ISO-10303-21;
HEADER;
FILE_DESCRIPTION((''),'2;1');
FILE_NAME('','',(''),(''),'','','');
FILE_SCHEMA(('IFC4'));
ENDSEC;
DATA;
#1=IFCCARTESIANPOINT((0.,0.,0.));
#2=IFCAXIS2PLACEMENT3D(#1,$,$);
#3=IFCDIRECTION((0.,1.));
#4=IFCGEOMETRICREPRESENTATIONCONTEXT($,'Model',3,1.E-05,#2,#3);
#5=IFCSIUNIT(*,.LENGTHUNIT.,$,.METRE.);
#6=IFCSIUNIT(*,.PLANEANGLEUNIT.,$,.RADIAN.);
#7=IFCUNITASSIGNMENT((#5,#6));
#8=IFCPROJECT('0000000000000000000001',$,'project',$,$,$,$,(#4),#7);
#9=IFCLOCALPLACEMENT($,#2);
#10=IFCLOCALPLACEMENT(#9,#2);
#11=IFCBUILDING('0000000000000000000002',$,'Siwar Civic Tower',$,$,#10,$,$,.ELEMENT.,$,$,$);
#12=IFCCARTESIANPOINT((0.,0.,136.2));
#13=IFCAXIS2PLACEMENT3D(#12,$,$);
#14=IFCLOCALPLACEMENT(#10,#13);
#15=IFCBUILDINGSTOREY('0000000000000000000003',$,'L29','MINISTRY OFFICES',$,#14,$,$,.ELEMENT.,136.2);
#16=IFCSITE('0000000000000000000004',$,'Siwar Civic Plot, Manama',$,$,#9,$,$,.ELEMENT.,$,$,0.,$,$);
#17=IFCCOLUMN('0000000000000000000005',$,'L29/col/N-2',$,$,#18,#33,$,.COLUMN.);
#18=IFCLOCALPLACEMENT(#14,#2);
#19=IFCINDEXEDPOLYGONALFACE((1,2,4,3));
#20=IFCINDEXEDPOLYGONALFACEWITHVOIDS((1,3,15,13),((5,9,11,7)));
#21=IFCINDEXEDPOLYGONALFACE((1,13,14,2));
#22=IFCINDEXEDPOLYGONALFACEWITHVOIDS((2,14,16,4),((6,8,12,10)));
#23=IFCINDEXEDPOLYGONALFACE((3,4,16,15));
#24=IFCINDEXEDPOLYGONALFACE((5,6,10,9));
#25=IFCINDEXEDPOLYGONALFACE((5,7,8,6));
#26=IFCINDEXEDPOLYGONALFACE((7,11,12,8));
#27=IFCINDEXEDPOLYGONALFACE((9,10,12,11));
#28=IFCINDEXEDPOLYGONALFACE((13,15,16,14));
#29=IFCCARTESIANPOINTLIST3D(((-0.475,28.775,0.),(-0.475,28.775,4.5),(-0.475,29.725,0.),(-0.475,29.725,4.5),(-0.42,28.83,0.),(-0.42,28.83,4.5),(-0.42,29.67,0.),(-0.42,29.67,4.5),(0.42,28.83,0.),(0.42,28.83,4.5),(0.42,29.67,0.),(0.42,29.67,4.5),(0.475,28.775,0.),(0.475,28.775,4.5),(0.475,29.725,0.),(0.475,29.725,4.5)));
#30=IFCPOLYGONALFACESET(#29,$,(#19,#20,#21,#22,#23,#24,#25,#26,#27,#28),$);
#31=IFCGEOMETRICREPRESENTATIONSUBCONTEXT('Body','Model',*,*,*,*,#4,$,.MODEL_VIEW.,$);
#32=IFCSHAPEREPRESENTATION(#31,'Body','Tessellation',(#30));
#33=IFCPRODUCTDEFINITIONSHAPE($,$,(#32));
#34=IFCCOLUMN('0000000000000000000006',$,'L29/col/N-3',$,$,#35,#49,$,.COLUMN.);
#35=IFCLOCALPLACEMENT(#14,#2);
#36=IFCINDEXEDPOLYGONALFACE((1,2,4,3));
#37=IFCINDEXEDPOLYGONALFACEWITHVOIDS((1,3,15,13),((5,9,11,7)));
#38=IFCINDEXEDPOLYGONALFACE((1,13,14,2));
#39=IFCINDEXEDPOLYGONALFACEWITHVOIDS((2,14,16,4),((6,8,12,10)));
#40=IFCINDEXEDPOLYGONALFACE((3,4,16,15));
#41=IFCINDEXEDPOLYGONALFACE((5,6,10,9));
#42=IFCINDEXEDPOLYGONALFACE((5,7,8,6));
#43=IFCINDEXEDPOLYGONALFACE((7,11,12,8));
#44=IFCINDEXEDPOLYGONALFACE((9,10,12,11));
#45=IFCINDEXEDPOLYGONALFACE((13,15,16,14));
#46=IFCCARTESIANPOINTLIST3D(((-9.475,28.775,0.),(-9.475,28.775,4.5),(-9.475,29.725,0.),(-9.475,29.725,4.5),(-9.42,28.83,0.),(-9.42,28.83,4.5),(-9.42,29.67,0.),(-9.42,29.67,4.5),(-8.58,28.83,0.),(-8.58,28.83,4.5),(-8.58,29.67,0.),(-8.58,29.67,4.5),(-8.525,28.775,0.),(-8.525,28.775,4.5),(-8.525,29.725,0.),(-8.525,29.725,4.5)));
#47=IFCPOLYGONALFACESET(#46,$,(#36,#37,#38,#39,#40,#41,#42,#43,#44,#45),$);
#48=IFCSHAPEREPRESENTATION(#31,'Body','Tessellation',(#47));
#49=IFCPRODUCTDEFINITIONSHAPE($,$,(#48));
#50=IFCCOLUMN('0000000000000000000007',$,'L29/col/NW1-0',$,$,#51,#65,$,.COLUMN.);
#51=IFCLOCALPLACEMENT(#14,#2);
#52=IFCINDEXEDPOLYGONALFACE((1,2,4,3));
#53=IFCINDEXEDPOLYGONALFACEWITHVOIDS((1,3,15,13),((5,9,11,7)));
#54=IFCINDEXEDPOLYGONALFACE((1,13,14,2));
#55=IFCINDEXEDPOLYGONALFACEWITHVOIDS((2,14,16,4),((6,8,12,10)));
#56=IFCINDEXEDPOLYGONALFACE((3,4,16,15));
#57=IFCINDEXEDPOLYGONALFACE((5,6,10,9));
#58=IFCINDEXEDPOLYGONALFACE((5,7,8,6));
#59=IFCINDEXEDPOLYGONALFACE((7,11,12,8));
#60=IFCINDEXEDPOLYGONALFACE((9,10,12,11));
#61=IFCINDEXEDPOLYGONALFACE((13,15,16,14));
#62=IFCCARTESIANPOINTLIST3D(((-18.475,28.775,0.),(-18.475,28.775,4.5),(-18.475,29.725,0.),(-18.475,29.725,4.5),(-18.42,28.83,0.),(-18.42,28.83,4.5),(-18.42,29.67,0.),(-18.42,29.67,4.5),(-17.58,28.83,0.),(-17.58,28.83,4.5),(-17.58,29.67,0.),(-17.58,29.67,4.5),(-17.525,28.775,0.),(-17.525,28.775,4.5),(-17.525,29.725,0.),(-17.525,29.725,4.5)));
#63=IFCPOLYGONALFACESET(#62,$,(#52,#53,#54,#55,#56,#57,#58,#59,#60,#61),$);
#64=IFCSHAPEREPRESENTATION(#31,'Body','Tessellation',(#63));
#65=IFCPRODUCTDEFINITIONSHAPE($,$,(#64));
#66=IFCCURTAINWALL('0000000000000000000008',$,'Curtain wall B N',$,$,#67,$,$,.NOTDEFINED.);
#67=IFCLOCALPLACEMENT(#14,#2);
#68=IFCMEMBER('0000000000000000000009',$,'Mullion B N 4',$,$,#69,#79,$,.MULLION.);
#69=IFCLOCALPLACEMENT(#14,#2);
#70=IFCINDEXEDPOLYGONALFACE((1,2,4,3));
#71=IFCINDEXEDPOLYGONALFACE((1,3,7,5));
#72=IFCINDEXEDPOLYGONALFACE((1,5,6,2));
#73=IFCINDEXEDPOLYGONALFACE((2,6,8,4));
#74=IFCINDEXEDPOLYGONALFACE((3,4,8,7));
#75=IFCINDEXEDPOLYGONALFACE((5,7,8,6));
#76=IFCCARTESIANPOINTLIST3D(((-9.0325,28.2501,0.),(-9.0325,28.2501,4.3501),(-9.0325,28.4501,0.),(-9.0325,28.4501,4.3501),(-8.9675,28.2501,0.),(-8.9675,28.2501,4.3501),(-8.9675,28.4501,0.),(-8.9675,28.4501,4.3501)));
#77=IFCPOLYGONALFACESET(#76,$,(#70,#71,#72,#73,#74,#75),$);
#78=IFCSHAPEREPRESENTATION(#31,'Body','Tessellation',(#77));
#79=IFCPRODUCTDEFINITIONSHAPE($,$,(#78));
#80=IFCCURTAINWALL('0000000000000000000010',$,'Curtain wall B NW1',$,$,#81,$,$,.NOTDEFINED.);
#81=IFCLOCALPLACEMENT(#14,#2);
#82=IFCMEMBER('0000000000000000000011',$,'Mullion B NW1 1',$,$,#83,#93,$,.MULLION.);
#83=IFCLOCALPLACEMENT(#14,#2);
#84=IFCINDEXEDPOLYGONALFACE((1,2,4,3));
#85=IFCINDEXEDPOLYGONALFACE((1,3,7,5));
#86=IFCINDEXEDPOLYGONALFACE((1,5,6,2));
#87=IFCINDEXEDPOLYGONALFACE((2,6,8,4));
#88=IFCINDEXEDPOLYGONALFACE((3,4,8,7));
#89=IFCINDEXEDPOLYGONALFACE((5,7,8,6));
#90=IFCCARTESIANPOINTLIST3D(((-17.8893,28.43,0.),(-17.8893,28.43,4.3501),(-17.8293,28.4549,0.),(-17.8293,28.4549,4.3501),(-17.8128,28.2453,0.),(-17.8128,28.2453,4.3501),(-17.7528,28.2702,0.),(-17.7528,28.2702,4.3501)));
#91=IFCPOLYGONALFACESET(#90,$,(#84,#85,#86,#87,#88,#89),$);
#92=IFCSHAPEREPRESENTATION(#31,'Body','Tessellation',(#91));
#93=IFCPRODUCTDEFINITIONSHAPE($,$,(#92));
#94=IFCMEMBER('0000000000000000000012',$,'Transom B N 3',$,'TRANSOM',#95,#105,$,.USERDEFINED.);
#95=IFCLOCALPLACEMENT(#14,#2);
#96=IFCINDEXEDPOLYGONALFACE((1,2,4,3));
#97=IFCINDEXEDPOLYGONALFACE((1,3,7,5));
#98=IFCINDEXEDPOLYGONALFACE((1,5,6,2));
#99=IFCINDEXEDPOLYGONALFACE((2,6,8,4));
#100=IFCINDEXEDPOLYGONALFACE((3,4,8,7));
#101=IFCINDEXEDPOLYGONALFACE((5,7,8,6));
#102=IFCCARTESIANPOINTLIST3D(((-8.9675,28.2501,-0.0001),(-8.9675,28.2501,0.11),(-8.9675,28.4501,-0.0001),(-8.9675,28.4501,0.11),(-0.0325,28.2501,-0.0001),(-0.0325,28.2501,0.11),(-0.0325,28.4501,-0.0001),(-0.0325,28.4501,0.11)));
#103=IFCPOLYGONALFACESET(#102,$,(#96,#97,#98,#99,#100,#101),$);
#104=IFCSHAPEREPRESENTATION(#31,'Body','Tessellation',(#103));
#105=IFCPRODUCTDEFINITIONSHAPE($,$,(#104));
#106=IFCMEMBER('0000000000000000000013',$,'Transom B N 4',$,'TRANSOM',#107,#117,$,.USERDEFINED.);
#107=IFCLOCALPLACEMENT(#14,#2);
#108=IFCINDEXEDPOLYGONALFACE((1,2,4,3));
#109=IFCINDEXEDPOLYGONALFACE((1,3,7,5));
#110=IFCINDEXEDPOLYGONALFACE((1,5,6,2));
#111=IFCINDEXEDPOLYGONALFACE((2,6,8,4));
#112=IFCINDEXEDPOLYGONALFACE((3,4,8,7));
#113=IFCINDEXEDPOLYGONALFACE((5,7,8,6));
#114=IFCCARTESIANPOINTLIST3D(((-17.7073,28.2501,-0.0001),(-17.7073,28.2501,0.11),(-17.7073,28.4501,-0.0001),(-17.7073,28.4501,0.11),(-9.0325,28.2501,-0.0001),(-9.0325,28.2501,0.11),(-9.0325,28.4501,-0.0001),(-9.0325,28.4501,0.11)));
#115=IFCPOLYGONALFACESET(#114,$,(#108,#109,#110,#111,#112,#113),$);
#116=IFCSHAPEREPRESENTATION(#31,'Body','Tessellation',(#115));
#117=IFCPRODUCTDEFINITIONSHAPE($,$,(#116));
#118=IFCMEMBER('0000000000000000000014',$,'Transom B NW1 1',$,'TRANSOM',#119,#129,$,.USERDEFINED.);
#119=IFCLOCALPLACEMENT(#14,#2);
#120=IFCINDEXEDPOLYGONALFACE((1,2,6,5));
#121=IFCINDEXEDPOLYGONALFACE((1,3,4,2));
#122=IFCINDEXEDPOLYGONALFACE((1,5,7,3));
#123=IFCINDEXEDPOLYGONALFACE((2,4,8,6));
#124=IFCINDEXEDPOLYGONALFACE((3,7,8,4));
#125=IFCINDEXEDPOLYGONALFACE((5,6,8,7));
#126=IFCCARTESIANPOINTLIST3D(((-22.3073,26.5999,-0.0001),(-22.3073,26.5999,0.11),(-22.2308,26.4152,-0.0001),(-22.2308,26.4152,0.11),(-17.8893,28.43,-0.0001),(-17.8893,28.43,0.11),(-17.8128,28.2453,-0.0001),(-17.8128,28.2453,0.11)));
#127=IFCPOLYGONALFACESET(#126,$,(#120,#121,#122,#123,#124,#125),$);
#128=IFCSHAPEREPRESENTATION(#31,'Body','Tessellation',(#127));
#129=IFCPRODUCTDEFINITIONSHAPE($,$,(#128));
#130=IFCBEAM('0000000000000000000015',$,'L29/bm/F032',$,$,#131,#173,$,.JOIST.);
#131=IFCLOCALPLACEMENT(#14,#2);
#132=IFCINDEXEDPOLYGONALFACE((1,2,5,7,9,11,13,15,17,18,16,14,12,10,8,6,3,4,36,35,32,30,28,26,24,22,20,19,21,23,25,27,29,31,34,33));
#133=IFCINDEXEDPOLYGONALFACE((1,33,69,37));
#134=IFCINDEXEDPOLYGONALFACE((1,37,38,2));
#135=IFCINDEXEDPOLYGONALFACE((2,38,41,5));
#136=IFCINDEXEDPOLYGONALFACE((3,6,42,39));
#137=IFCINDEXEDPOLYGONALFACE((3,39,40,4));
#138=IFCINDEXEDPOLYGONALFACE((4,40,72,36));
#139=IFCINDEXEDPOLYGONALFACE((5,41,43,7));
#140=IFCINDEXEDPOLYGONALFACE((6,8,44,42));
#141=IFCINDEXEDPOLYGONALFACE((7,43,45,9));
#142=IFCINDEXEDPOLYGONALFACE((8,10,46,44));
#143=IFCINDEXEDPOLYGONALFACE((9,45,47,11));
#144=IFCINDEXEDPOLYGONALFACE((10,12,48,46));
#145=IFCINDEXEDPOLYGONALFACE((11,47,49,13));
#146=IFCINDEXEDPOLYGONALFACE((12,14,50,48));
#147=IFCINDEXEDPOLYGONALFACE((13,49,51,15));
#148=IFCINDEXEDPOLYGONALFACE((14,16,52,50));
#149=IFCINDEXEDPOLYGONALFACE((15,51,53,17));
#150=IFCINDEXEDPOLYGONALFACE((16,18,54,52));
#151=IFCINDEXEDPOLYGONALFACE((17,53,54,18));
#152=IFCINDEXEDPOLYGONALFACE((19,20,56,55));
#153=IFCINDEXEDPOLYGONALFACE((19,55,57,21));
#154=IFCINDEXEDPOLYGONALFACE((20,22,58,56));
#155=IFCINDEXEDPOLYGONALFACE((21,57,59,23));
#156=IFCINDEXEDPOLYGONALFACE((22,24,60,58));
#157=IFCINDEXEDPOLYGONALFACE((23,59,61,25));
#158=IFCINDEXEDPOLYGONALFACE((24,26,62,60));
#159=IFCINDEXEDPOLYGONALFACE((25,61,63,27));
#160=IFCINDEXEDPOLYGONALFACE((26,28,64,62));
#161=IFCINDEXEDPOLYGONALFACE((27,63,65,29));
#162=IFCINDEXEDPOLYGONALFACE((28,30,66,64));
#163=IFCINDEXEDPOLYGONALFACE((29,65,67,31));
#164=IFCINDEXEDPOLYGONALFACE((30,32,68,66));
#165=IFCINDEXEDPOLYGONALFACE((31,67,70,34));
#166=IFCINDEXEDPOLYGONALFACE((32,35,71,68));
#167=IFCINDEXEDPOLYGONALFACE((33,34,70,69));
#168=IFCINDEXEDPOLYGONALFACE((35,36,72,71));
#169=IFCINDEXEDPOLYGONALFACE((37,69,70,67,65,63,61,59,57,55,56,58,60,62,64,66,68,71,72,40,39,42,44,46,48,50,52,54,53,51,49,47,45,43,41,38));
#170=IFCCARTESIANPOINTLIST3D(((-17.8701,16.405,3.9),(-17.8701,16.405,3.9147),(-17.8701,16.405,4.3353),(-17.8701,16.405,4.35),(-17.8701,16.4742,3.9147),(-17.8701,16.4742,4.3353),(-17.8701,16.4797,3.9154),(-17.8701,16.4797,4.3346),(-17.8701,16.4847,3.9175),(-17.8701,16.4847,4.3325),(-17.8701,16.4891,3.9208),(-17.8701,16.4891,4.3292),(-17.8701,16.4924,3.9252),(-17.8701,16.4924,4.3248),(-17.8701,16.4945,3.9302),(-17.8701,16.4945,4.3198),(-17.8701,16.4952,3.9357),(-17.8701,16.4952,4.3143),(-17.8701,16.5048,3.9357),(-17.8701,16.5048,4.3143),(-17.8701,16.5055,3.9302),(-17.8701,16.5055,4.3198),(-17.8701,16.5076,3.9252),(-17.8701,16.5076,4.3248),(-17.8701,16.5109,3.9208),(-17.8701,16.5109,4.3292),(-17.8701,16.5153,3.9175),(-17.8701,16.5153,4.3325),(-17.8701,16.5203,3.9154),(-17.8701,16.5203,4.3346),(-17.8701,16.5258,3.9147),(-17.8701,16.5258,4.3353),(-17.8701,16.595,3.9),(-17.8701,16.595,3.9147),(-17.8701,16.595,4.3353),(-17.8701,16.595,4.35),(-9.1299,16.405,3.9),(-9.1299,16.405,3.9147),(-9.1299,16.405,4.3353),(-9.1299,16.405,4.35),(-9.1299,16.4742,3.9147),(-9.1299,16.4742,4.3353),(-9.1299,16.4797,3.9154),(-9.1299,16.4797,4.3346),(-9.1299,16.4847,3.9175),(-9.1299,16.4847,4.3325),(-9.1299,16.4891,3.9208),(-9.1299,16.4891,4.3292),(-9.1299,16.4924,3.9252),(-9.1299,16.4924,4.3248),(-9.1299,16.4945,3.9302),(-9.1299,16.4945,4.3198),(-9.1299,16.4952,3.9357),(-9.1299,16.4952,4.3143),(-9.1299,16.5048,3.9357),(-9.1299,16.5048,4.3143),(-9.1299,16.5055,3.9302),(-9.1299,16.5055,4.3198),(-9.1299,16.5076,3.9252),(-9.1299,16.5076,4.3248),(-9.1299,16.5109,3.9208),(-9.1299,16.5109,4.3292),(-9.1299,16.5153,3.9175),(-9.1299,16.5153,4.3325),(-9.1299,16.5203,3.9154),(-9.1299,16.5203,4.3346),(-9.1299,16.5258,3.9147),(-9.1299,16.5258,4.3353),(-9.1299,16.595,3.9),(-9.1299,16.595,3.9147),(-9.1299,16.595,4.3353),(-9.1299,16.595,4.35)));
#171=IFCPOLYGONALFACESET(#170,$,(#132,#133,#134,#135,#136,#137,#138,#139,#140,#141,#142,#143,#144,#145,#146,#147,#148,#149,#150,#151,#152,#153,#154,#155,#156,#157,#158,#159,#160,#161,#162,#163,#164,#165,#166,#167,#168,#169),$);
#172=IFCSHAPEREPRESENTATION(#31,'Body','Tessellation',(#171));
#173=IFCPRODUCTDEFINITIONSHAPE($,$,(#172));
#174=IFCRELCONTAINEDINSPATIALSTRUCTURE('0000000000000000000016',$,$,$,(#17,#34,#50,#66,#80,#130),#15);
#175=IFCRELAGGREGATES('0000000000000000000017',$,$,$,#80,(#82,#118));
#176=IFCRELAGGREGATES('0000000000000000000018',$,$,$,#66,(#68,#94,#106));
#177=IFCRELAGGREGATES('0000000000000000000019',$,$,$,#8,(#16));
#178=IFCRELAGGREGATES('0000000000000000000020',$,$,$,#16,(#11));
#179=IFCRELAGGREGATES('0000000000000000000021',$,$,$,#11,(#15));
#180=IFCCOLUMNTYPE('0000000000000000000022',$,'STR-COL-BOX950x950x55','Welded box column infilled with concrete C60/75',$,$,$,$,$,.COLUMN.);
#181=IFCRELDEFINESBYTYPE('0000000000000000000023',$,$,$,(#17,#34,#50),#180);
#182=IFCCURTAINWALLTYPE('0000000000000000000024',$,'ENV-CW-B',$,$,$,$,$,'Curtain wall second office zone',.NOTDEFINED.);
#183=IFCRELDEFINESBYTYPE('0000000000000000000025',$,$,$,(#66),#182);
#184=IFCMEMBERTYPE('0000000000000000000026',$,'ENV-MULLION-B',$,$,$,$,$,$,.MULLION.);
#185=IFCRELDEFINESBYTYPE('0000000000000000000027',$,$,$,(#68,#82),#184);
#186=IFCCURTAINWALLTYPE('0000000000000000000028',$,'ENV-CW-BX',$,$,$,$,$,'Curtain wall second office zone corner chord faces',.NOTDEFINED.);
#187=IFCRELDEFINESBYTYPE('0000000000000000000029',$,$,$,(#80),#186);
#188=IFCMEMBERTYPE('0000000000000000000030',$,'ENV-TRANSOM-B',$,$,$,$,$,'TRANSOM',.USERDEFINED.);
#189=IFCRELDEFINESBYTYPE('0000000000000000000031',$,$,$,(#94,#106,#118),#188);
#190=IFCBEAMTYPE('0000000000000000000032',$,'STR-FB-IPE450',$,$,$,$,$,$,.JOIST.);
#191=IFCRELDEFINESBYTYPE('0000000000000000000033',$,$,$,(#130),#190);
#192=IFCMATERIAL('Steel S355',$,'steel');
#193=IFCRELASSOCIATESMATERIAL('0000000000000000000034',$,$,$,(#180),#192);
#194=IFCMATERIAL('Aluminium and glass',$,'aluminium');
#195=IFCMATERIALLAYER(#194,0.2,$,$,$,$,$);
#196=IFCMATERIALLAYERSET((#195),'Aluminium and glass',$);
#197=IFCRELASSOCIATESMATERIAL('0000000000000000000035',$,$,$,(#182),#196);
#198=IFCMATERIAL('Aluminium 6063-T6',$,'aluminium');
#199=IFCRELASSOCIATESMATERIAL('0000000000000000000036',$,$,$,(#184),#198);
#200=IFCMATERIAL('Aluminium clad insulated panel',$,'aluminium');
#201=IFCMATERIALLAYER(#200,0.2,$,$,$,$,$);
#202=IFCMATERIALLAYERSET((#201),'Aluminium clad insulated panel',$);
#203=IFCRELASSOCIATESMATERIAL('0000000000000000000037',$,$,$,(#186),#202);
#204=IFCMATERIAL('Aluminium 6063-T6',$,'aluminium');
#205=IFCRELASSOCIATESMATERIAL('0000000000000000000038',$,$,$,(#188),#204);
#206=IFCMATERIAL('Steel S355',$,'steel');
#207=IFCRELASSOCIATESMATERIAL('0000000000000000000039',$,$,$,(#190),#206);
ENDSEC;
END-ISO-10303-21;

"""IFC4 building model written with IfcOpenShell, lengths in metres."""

from ifc_helpers import new_model, si_unit, direction, frame, origin, origin_2d, place, context, subcontext, project, spatial, rectangle, hollow_rectangle, i_section, extrude, material, layer, layer_set, material_profile, profile_set, type_object, element, aggregate, save


model = new_model("IFC4")

# Units and contexts
model_context = context("Model", 3, precision=1e-05, world=origin(), true_north=direction((0.0, 1.0)))
body_context = subcontext(model_context, "Body", "Model", "MODEL_VIEW")
ifc_project = project(units=[si_unit("LENGTHUNIT", "METRE"), si_unit("PLANEANGLEUNIT", "RADIAN")], contexts=[model_context])

# Site, building, storey
site_placement = place(None, origin())
site = spatial("IfcSite", under=ifc_project, at=site_placement, Name="Siwar Civic Plot, Manama", CompositionType="ELEMENT", RefElevation=0.0)
building_placement = place(site_placement, origin())
building = spatial("IfcBuilding", under=site, at=building_placement, Name="Siwar Civic Tower", CompositionType="ELEMENT")
storey_placement = place(building_placement, frame((0.0, 0.0, 136.2)))
storey = spatial("IfcBuildingStorey", under=building, at=storey_placement, Name="L29", Description="MINISTRY OFFICES", CompositionType="ELEMENT", Elevation=136.2)

# Columns
ifc_material_1 = material(Name="Steel S355", Category="steel")
ifc_material_profile_1 = material_profile(ifc_material_1, hollow_rectangle(XDim=0.95, YDim=0.95, WallThickness=0.0549, at=origin_2d()), Name="BOX950x950x55")
ifc_profile_set_1 = profile_set([ifc_material_profile_1], Name="Steel S355")
column_type = type_object("IfcColumnType", Name="STR-COL-BOX950x950x55", Description="Welded box column infilled with concrete C60/75", PredefinedType="COLUMN", material=ifc_profile_set_1)
for number, where, z_axis, x_axis, name in (
    (1, (0.0, 29.25, 0.0), (0.0, 0.0, 1.0), (1.0, 0.0, 0.0), "L29/col/N-2"),
    (2, (-9.0, 29.25, 0.0), (0.0, 0.0, 1.0), (1.0, 0.0, 0.0), "L29/col/N-3"),
    (3, (-18.0, 29.25, 0.0), (0.0, 0.0, 1.0), (1.0, 0.0, 0.0), "L29/col/NW1-0"),
):
    element("IfcColumn", number, at=place(storey_placement, frame(where, z_axis=z_axis, x_axis=x_axis)), inside=storey, type_object=column_type, Name=name, PredefinedType="COLUMN", context=body_context, shape_type="SweptSolid", body=[
        extrude(hollow_rectangle(XDim=0.95, YDim=0.95, WallThickness=0.0549, at=origin_2d()), origin(), (0.0, 0.0, 1.0), 4.5),
    ])

# Curtain walls, members
ifc_material_2 = material(Name="Aluminium and glass", Category="aluminium")
ifc_layer_1 = layer(ifc_material_2, 0.2)
ifc_layer_set_1 = layer_set([ifc_layer_1], Name="Aluminium and glass")
curtain_wall_type_1 = type_object("IfcCurtainWallType", Name="ENV-CW-B", ElementType="Curtain wall second office zone", PredefinedType="NOTDEFINED", material=ifc_layer_set_1)
curtain_wall_1_placement = place(storey_placement, origin())
curtain_wall_1 = element("IfcCurtainWall", 4, at=curtain_wall_1_placement, inside=storey, type_object=curtain_wall_type_1, Name="Curtain wall B N", PredefinedType="NOTDEFINED")
ifc_material_3 = material(Name="Aluminium 6063-T6", Category="aluminium")
ifc_material_profile_2 = material_profile(ifc_material_3, rectangle(XDim=0.2, YDim=0.0649, at=origin_2d()), Name="AL 200x65")
ifc_profile_set_2 = profile_set([ifc_material_profile_2], Name="Aluminium 6063-T6")
member_type_1 = type_object("IfcMemberType", Name="ENV-MULLION-B", PredefinedType="MULLION", material=ifc_profile_set_2)
member_1_placement = place(storey_placement, frame((-9.0, 28.3501, 0.0), z_axis=(0.0, 0.0, 1.0), x_axis=(0.0, -1.0, 0.0)))
member_1 = element("IfcMember", 5, at=member_1_placement, type_object=member_type_1, Name="Mullion B N 4", PredefinedType="MULLION", context=body_context, shape_type="SweptSolid", body=[
    extrude(rectangle(XDim=0.2, YDim=0.0649, at=origin_2d()), origin(), (0.0, 0.0, 1.0), 4.3501),
])
ifc_material_4 = material(Name="Aluminium clad insulated panel", Category="aluminium")
ifc_layer_2 = layer(ifc_material_4, 0.2)
ifc_layer_set_2 = layer_set([ifc_layer_2], Name="Aluminium clad insulated panel")
curtain_wall_type_2 = type_object("IfcCurtainWallType", Name="ENV-CW-BX", ElementType="Curtain wall second office zone corner chord faces", PredefinedType="NOTDEFINED", material=ifc_layer_set_2)
curtain_wall_2_placement = place(storey_placement, origin())
curtain_wall_2 = element("IfcCurtainWall", 6, at=curtain_wall_2_placement, inside=storey, type_object=curtain_wall_type_2, Name="Curtain wall B NW1", PredefinedType="NOTDEFINED")
member_2_placement = place(storey_placement, frame((-17.821, 28.3501, 0.0), z_axis=(0.0, 0.0, 1.0), x_axis=(0.382683, -0.92388, 0.0)))
member_2 = element("IfcMember", 7, at=member_2_placement, type_object=member_type_1, Name="Mullion B NW1 1", PredefinedType="MULLION", context=body_context, shape_type="SweptSolid", body=[
    extrude(rectangle(XDim=0.2, YDim=0.0649, at=origin_2d()), origin(), (0.0, 0.0, 1.0), 4.3501),
])

# Members
ifc_material_5 = material(Name="Aluminium 6063-T6", Category="aluminium")
ifc_material_profile_3 = material_profile(ifc_material_5, rectangle(XDim=0.2, YDim=0.1101, at=origin_2d()), Name="AL 200x110")
ifc_profile_set_3 = profile_set([ifc_material_profile_3], Name="Aluminium 6063-T6")
member_type_2 = type_object("IfcMemberType", Name="ENV-TRANSOM-B", ElementType="TRANSOM", PredefinedType="USERDEFINED", material=ifc_profile_set_3)
member_3_placement = place(storey_placement, frame((-0.0325, 28.3501, 0.0549), z_axis=(-1.0, 0.0, 0.0), x_axis=(0.0, -1.0, 0.0)))
member_3 = element("IfcMember", 8, at=member_3_placement, type_object=member_type_2, Name="Transom B N 3", ObjectType="TRANSOM", PredefinedType="USERDEFINED", context=body_context, shape_type="SweptSolid", body=[
    extrude(rectangle(XDim=0.2, YDim=0.1101, at=origin_2d()), origin(), (0.0, 0.0, 1.0), 8.9351),
])
member_4_placement = place(storey_placement, frame((-9.0325, 28.3501, 0.0549), z_axis=(-1.0, 0.0, 0.0), x_axis=(0.0, -1.0, 0.0)))
member_4 = element("IfcMember", 9, at=member_4_placement, type_object=member_type_2, Name="Transom B N 4", ObjectType="TRANSOM", PredefinedType="USERDEFINED", context=body_context, shape_type="SweptSolid", body=[
    extrude(rectangle(XDim=0.2, YDim=0.1101, at=origin_2d()), origin(), (0.0, 0.0, 1.0), 8.6748),
])
member_5_placement = place(storey_placement, frame((-17.8511, 28.3376, 0.0549), z_axis=(-0.923872, -0.3827, 0.0), x_axis=(0.3827, -0.923872, 0.0)))
member_5 = element("IfcMember", 10, at=member_5_placement, type_object=member_type_2, Name="Transom B NW1 1", ObjectType="TRANSOM", PredefinedType="USERDEFINED", context=body_context, shape_type="SweptSolid", body=[
    extrude(rectangle(XDim=0.2, YDim=0.1101, at=origin_2d()), origin(), (0.0, 0.0, 1.0), 4.782),
])
aggregate(curtain_wall_2, [member_2, member_5])

# Beam
ifc_material_6 = material(Name="Steel S355", Category="steel")
ifc_material_profile_4 = material_profile(ifc_material_6, i_section(OverallWidth=0.1899, OverallDepth=0.45, WebThickness=0.0095, FlangeThickness=0.0146, FilletRadius=0.021, at=origin_2d()), Name="IPE450")
ifc_profile_set_4 = profile_set([ifc_material_profile_4], Name="Steel S355")
beam_type_1 = type_object("IfcBeamType", Name="STR-FB-IPE450", PredefinedType="JOIST", material=ifc_profile_set_4)
for number, where, z_axis, x_axis, name in (
    (11, (-17.8701, 16.5, 4.125), (1.0, 0.0, 0.0), (0.0, 1.0, 0.0), "L29/bm/F032"),
):
    element("IfcBeam", number, at=place(storey_placement, frame(where, z_axis=z_axis, x_axis=x_axis)), inside=storey, type_object=beam_type_1, Name=name, PredefinedType="JOIST", context=body_context, shape_type="SweptSolid", body=[
        extrude(i_section(OverallWidth=0.1899, OverallDepth=0.45, WebThickness=0.0095, FlangeThickness=0.0146, FilletRadius=0.021, at=origin_2d()), origin(), (0.0, 0.0, 1.0), 8.7402),
    ])

aggregate(curtain_wall_1, [member_1, member_3, member_4])

save(model, "model.ifc")
